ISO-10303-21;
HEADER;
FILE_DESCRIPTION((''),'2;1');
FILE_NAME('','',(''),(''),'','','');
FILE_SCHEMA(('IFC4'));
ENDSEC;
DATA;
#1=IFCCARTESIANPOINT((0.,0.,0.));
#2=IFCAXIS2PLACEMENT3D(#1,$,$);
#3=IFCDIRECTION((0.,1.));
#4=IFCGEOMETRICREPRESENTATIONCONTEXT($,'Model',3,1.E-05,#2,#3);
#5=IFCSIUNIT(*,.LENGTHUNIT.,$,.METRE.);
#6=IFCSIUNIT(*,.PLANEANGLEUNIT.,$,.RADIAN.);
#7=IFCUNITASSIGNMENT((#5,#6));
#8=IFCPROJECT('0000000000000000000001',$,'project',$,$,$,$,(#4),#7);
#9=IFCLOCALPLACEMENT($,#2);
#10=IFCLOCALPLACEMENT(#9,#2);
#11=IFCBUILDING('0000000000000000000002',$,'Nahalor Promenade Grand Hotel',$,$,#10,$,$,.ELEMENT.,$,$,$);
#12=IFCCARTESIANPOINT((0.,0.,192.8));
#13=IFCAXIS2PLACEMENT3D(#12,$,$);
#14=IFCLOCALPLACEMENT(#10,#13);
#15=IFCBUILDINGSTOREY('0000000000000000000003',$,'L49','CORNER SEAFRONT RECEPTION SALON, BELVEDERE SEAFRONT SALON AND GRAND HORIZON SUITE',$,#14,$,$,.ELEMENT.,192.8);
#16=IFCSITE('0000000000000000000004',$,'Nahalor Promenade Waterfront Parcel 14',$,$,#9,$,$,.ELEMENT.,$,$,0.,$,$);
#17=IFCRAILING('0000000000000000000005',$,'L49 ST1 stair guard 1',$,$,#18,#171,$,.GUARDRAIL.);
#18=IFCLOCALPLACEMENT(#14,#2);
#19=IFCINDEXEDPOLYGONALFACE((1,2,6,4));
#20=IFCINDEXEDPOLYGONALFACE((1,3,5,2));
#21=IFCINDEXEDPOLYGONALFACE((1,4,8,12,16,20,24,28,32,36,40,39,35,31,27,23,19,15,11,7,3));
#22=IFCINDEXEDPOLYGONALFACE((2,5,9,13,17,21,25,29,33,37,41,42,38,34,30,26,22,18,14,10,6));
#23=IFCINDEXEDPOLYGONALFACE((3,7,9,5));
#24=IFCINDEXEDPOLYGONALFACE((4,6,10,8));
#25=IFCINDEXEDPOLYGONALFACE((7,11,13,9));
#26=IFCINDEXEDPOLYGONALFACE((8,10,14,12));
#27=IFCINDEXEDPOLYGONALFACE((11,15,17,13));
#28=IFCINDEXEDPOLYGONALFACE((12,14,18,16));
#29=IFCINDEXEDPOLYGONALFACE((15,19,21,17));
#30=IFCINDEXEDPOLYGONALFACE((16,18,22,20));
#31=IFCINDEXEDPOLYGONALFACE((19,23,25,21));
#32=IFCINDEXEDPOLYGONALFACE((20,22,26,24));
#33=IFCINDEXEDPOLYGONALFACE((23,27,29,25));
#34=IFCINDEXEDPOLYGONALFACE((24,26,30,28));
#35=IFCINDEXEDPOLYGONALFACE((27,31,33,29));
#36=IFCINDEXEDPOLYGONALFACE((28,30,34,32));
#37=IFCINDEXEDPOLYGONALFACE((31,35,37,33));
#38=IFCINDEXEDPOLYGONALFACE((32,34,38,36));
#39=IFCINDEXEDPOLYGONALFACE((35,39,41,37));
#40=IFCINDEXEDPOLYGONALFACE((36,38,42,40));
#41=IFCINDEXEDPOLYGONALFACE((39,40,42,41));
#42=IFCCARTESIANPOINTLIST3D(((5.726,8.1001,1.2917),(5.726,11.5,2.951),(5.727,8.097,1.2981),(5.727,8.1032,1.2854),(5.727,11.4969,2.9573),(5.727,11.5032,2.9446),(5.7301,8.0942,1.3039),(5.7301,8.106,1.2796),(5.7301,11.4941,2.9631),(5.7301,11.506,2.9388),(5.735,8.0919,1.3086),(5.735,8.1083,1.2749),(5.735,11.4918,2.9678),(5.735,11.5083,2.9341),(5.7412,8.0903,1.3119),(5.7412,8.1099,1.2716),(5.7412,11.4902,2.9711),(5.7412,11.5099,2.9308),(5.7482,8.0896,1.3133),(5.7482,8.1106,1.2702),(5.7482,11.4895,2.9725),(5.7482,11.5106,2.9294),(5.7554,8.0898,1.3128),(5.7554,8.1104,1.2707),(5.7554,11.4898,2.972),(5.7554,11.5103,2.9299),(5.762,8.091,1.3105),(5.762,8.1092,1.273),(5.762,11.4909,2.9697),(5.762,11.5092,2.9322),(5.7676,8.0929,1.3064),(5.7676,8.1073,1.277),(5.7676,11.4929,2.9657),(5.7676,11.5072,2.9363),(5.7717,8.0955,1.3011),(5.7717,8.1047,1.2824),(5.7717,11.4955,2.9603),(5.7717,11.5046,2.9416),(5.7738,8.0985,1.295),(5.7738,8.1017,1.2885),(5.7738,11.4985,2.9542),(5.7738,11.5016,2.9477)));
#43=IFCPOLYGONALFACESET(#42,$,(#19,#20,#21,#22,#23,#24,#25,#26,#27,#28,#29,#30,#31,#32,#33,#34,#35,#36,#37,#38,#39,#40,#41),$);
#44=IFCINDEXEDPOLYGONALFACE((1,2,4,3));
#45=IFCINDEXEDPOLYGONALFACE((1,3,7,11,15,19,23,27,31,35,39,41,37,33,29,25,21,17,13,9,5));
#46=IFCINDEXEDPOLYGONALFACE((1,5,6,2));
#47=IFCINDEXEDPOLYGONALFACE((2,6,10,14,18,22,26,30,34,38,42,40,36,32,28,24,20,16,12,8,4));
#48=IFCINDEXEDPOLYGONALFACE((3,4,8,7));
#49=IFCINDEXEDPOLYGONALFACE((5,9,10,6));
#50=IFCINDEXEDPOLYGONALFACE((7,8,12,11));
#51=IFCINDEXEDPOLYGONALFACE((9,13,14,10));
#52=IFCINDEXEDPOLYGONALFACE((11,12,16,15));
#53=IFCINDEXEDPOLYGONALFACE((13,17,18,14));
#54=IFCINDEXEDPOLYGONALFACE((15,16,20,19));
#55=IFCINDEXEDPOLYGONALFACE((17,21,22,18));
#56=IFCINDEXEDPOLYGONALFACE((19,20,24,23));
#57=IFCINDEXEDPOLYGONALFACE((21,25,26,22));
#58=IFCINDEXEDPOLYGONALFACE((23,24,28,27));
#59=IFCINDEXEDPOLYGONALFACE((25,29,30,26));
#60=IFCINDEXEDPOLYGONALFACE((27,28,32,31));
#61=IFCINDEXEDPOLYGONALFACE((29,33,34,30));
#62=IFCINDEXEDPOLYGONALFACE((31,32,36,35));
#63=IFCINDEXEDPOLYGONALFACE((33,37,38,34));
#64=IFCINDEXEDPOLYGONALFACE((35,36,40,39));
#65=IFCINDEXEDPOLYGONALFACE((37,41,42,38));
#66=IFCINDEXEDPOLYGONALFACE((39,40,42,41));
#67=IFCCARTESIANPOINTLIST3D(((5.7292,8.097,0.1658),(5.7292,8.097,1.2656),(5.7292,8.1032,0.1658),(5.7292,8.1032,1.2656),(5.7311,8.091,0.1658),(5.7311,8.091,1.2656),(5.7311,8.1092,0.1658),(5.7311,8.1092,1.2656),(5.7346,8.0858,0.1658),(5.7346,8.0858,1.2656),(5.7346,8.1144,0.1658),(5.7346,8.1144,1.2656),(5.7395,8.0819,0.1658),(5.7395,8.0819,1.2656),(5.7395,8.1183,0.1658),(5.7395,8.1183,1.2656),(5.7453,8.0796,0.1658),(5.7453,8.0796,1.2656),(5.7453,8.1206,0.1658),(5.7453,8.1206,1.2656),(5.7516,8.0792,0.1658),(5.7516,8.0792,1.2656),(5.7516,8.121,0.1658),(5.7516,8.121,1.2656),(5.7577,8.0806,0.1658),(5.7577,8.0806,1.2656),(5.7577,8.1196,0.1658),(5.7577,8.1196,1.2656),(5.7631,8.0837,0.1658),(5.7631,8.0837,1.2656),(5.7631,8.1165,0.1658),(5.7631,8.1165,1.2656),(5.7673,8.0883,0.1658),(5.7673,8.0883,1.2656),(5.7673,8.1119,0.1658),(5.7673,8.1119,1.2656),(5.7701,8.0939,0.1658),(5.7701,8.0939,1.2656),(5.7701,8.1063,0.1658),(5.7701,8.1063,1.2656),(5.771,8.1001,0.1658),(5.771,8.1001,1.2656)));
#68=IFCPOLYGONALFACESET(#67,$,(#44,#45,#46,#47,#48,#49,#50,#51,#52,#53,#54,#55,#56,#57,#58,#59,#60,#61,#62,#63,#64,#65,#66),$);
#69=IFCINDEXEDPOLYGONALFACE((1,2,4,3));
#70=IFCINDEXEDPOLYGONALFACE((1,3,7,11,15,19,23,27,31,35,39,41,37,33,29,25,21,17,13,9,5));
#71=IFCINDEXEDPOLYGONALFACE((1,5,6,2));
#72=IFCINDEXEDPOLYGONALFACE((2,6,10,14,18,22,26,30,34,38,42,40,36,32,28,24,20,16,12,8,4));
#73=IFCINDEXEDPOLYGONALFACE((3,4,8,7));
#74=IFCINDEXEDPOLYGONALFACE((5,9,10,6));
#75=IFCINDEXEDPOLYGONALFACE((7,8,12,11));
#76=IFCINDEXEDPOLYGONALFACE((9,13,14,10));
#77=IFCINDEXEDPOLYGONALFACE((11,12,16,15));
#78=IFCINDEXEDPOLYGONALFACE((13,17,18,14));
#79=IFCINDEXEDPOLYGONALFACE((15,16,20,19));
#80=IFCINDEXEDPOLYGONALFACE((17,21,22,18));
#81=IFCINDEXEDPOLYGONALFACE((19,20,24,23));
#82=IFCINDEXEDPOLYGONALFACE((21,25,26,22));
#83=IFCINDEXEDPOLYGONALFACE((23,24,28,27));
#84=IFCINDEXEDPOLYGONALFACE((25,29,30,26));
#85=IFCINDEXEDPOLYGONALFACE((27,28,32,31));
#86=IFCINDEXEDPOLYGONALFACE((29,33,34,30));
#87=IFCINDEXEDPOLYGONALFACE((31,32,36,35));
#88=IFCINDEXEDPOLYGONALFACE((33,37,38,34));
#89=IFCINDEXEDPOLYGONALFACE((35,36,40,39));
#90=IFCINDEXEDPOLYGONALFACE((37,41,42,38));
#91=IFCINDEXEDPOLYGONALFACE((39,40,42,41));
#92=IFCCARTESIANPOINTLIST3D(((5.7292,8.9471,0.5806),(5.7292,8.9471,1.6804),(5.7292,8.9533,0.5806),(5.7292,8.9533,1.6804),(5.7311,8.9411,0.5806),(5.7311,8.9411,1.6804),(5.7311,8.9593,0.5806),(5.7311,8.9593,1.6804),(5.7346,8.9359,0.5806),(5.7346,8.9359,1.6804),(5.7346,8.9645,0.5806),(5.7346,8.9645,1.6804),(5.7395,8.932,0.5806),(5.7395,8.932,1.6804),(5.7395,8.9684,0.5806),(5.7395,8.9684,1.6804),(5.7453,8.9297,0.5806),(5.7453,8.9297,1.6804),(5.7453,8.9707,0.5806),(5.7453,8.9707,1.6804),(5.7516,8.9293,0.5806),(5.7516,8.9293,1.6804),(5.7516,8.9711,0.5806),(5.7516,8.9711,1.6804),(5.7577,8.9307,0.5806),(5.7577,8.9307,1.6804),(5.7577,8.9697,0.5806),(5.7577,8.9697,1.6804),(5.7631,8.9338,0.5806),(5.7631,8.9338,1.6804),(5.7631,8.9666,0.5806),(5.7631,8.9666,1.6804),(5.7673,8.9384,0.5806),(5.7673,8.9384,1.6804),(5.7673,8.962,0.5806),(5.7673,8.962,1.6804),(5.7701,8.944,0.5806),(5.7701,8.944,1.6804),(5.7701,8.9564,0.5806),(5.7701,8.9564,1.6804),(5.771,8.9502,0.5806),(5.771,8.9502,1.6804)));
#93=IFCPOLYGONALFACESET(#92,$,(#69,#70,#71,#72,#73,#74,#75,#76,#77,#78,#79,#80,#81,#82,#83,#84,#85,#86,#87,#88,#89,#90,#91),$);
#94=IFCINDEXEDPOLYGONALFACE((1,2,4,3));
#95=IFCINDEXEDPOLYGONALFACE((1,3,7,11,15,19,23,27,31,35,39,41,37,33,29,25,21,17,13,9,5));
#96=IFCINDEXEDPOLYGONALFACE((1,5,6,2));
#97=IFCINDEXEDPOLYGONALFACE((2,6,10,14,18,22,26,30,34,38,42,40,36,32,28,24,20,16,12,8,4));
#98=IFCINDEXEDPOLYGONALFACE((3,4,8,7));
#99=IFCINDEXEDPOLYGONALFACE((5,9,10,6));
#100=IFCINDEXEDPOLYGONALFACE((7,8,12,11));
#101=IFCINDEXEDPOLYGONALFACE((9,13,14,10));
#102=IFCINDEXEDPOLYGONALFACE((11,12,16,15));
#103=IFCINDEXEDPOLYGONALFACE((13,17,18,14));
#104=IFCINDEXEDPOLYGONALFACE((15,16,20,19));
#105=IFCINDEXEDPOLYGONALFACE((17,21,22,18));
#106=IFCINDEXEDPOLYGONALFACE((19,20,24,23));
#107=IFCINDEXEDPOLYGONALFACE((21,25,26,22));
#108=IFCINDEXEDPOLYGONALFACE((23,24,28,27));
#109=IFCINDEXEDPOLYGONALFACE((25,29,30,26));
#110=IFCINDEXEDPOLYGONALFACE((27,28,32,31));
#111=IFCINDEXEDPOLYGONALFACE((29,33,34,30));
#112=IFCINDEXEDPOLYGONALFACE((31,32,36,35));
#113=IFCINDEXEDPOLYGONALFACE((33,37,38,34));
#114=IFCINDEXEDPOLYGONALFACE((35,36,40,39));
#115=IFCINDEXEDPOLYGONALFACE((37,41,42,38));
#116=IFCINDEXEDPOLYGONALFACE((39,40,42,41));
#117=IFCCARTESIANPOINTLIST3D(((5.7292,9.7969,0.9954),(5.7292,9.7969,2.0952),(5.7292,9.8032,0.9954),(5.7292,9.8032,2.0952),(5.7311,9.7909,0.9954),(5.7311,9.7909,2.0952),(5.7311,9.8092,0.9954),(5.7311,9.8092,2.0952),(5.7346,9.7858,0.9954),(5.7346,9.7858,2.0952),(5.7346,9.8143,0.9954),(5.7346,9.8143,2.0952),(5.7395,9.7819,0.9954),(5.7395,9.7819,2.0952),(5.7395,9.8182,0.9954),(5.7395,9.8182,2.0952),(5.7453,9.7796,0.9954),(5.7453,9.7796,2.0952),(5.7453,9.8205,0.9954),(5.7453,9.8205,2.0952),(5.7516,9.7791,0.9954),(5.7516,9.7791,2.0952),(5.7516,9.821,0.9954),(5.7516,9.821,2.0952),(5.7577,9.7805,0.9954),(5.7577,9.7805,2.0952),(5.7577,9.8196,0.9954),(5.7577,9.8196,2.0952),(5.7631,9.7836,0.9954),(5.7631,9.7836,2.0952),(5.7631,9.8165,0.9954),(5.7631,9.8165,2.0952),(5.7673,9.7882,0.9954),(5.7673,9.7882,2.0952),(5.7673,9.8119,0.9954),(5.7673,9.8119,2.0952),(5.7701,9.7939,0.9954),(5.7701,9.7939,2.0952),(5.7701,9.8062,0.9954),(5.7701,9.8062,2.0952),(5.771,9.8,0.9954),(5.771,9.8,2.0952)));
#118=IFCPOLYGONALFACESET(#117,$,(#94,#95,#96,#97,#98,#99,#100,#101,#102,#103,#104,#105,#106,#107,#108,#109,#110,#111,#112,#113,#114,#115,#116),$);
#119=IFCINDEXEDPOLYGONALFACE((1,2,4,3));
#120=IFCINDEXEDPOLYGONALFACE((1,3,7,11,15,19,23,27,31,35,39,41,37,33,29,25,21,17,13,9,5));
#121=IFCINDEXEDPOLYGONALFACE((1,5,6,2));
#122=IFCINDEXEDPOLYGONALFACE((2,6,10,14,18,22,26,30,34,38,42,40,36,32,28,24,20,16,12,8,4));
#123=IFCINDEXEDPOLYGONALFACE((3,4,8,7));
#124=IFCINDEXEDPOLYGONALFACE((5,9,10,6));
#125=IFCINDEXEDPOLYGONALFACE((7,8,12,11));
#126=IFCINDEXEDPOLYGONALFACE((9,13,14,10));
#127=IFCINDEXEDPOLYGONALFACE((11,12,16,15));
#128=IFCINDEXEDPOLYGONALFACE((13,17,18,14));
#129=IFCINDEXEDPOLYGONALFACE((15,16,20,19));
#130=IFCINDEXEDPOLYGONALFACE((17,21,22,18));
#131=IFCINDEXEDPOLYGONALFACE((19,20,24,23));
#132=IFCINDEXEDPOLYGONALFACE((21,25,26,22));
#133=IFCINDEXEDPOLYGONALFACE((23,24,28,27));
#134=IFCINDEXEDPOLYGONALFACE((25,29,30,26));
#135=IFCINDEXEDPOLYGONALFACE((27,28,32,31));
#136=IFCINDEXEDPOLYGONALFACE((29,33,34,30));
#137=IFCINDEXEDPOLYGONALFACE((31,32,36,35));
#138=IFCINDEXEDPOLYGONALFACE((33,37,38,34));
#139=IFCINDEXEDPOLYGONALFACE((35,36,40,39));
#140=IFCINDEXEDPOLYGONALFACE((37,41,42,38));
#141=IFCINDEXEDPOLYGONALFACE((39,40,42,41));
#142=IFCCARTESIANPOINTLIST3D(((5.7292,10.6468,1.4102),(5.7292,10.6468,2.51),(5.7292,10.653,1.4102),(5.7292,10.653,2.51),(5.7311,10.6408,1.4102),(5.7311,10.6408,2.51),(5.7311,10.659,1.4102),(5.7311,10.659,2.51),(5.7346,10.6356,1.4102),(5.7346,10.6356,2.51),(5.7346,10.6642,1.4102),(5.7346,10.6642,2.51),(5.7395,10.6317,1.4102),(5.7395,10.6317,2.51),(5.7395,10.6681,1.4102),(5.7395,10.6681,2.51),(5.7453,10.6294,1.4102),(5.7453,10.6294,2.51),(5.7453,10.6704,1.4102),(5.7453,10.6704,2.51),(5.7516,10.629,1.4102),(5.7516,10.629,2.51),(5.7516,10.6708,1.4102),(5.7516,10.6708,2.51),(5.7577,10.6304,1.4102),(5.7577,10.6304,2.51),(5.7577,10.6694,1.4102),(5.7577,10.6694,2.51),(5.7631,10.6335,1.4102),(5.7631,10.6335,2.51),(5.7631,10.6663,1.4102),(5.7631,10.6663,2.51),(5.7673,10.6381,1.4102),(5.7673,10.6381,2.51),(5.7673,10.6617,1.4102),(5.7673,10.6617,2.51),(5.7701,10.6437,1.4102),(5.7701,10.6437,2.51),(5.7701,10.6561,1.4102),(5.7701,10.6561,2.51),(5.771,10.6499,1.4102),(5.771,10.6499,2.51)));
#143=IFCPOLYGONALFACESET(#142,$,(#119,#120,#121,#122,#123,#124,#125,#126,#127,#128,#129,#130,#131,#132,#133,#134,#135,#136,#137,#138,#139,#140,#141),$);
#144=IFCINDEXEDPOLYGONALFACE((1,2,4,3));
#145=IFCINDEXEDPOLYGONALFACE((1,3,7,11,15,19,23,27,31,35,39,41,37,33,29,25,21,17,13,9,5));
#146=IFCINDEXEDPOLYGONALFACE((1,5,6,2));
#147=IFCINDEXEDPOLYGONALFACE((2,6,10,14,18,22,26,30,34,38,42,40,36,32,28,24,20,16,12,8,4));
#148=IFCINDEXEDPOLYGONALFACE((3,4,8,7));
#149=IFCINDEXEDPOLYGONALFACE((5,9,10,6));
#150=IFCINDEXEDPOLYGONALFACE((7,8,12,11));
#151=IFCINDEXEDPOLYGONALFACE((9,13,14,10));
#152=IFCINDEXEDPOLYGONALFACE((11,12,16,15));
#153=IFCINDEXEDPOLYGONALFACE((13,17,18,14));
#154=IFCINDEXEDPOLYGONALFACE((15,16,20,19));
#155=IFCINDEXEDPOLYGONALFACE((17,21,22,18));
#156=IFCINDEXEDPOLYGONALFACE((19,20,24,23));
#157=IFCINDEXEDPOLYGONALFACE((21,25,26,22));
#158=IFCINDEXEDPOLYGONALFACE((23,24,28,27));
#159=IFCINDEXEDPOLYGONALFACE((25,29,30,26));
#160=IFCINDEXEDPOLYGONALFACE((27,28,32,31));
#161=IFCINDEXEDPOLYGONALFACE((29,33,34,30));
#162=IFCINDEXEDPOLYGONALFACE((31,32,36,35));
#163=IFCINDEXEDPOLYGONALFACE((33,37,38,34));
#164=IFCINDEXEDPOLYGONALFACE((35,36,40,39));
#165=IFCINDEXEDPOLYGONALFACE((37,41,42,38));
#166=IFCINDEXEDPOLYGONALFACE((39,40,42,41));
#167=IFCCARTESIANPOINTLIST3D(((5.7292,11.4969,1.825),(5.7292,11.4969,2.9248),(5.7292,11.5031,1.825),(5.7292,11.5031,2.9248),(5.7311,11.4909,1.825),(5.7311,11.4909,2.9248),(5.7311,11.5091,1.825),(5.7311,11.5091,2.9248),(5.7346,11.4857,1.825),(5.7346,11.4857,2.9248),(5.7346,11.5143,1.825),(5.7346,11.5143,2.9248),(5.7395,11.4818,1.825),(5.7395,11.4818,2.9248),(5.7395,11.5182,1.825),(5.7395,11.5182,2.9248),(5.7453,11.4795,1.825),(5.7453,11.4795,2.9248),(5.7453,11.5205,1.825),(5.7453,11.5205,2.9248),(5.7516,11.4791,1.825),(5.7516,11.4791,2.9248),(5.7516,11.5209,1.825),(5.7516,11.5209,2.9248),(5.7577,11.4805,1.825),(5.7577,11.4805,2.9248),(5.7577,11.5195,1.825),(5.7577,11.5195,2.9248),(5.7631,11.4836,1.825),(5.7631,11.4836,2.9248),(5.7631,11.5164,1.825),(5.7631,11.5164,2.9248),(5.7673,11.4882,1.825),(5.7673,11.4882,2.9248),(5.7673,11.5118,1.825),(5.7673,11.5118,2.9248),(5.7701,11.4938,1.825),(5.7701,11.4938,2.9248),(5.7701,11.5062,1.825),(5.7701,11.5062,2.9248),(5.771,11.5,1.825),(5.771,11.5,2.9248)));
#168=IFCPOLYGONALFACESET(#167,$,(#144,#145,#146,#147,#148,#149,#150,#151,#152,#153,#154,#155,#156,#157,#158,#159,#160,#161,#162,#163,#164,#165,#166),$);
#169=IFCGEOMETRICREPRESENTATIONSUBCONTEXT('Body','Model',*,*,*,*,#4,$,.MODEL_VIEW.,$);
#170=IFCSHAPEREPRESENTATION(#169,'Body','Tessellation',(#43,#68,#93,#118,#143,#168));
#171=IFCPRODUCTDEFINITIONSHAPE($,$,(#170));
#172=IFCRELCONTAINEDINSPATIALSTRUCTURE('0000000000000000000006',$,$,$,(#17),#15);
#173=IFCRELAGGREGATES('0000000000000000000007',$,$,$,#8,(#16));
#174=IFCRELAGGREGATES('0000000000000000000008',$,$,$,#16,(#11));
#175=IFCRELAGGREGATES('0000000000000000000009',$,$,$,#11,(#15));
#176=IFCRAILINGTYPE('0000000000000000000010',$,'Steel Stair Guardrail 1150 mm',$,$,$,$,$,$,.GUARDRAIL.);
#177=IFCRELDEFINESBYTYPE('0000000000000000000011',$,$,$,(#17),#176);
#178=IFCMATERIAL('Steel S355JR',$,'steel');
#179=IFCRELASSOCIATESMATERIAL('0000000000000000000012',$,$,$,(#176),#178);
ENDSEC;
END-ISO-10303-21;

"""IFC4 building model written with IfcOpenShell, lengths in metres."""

from ifc_helpers import new_model, si_unit, direction, frame, origin, origin_2d, place, context, subcontext, project, spatial, circle, extrude, material, type_object, element, save


model = new_model("IFC4")

# Units and contexts
model_context = context("Model", 3, precision=1e-05, world=origin(), true_north=direction((0.0, 1.0)))
body_context = subcontext(model_context, "Body", "Model", "MODEL_VIEW")
ifc_project = project(units=[si_unit("LENGTHUNIT", "METRE"), si_unit("PLANEANGLEUNIT", "RADIAN")], contexts=[model_context])

# Site, building, storey
site_placement = place(None, origin())
site = spatial("IfcSite", under=ifc_project, at=site_placement, Name="Nahalor Promenade Waterfront Parcel 14", CompositionType="ELEMENT", RefElevation=0.0)
building_placement = place(site_placement, origin())
building = spatial("IfcBuilding", under=site, at=building_placement, Name="Nahalor Promenade Grand Hotel", CompositionType="ELEMENT")
storey_placement = place(building_placement, frame((0.0, 0.0, 192.8)))
storey = spatial("IfcBuildingStorey", under=building, at=storey_placement, Name="L49", Description="CORNER SEAFRONT RECEPTION SALON, BELVEDERE SEAFRONT SALON AND GRAND HORIZON SUITE", CompositionType="ELEMENT", Elevation=192.8)

# Shared definitions
ifc_material_1 = material(Name="Steel S355JR", Category="steel")

# Railing
railing_type_1 = type_object("IfcRailingType", Name="Steel Stair Guardrail 1150 mm", PredefinedType="GUARDRAIL", material=ifc_material_1)
railing_1_placement = place(storey_placement, frame((5.75, 8.1001, 0.1658)))
element("IfcRailing", 1, at=railing_1_placement, inside=storey, type_object=railing_type_1, Name="L49 ST1 stair guard 1", PredefinedType="GUARDRAIL", context=body_context, shape_type="SweptSolid", body=[
    extrude(circle(Radius=0.024, at=origin_2d()), frame((0.0, 0.0, 1.126), z_axis=(0.0, 0.898696, 0.438571), x_axis=(-1.0, 0.0, 0.0)), (0.0, 0.0, 1.0), 3.7832),
    extrude(circle(Radius=0.021, at=origin_2d()), origin(), (0.0, 0.0, 1.0), 1.0999),
    extrude(circle(Radius=0.021, at=origin_2d()), frame((0.0, 0.8501, 0.4148)), (0.0, 0.0, 1.0), 1.0999),
    extrude(circle(Radius=0.021, at=origin_2d()), frame((0.0, 1.7, 0.8296)), (0.0, 0.0, 1.0), 1.0999),
    extrude(circle(Radius=0.021, at=origin_2d()), frame((0.0, 2.5498, 1.2444)), (0.0, 0.0, 1.0), 1.0999),
    extrude(circle(Radius=0.021, at=origin_2d()), frame((0.0, 3.3999, 1.6592)), (0.0, 0.0, 1.0), 1.0999),
])

save(model, "model.ifc")
